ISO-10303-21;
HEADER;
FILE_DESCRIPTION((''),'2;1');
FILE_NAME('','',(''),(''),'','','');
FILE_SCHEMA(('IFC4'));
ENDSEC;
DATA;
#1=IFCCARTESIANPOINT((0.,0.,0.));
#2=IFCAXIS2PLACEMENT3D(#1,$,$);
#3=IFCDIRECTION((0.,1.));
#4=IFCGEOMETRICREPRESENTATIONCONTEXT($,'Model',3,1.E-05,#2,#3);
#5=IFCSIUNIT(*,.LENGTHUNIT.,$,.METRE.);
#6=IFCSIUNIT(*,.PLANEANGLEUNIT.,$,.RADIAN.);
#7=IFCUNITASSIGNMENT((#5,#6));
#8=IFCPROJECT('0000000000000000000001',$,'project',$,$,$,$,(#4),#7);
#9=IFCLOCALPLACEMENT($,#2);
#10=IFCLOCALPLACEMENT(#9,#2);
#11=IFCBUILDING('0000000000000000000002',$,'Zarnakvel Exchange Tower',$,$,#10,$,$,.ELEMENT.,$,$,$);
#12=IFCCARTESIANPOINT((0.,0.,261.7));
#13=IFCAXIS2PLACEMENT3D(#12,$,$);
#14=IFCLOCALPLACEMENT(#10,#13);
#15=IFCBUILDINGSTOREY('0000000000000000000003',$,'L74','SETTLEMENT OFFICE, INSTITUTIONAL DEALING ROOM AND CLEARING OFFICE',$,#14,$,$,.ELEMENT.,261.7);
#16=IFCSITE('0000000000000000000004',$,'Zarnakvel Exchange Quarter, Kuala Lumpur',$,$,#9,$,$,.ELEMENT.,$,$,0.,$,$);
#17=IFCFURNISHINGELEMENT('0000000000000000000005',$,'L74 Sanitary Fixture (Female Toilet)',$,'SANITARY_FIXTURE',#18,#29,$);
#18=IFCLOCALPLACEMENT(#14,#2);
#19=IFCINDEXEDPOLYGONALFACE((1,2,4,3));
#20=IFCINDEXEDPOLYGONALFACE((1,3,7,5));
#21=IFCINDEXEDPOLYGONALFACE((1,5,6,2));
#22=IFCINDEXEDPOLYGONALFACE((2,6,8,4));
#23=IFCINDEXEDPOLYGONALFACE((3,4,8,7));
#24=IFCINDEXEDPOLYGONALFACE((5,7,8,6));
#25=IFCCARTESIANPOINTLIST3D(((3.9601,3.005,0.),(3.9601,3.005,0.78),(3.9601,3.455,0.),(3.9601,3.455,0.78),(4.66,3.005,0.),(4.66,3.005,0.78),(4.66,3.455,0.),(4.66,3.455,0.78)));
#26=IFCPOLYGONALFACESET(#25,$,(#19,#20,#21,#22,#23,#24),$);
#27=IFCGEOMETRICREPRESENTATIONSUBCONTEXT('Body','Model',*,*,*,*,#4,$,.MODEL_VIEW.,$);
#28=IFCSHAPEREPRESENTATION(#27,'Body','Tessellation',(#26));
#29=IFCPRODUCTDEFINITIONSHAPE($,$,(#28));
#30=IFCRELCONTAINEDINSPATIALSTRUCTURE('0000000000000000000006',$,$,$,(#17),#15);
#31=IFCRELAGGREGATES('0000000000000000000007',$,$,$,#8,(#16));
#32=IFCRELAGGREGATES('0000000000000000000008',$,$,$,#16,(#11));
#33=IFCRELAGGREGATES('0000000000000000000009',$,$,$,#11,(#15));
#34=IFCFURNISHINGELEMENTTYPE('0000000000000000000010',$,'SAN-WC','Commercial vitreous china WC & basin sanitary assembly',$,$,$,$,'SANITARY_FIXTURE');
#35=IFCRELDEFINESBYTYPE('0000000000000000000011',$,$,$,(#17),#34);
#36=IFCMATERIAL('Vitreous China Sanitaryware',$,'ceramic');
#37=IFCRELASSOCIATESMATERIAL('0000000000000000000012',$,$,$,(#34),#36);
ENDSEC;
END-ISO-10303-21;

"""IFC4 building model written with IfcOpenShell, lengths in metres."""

from ifc_helpers import new_model, si_unit, direction, frame, origin, origin_2d, place, context, subcontext, project, spatial, rectangle, extrude, source, transform, mapped, material, type_object, element, save


model = new_model("IFC4")

# Units and contexts
model_context = context("Model", 3, precision=1e-05, world=origin(), true_north=direction((0.0, 1.0)))
body_context = subcontext(model_context, "Body", "Model", "MODEL_VIEW")
ifc_project = project(units=[si_unit("LENGTHUNIT", "METRE"), si_unit("PLANEANGLEUNIT", "RADIAN")], contexts=[model_context])

# Site, building, storey
site_placement = place(None, origin())
site = spatial("IfcSite", under=ifc_project, at=site_placement, Name="Zarnakvel Exchange Quarter, Kuala Lumpur", CompositionType="ELEMENT", RefElevation=0.0)
building_placement = place(site_placement, origin())
building = spatial("IfcBuilding", under=site, at=building_placement, Name="Zarnakvel Exchange Tower", CompositionType="ELEMENT")
storey_placement = place(building_placement, frame((0.0, 0.0, 261.7)))
storey = spatial("IfcBuildingStorey", under=building, at=storey_placement, Name="L74", Description="SETTLEMENT OFFICE, INSTITUTIONAL DEALING ROOM AND CLEARING OFFICE", CompositionType="ELEMENT", Elevation=261.7)

# Furnishing element
ifc_material_1 = material(Name="Vitreous China Sanitaryware", Category="ceramic")
furnishing_element_type = type_object("IfcFurnishingElementType", Name="SAN-WC", Description="Commercial vitreous china WC & basin sanitary assembly", ElementType="SANITARY_FIXTURE", material=ifc_material_1)
shared_shape_1 = source(origin(), body_context, "Body", "SweptSolid", [
    extrude(rectangle(XDim=0.7, YDim=0.45, at=origin_2d()), origin(), (0.0, 0.0, 1.0), 0.78),
])
furnishing_placement = place(storey_placement, frame((4.3101, 3.23, 0.0), z_axis=(0.0, 0.0, 1.0), x_axis=(1.0, 0.0, 0.0)))
element("IfcFurnishingElement", 1, at=furnishing_placement, inside=storey, type_object=furnishing_element_type, Name="L74 Sanitary Fixture (Female Toilet)", ObjectType="SANITARY_FIXTURE", context=body_context, shape_type="MappedRepresentation", body=[
    mapped(shared_shape_1, transform((0.0, 0.0, 0.0), x_axis=(1.0, 0.0, 0.0), y_axis=(0.0, 1.0, 0.0), z_axis=(0.0, 0.0, 1.0), scale=1.0)),
])

save(model, "model.ifc")
